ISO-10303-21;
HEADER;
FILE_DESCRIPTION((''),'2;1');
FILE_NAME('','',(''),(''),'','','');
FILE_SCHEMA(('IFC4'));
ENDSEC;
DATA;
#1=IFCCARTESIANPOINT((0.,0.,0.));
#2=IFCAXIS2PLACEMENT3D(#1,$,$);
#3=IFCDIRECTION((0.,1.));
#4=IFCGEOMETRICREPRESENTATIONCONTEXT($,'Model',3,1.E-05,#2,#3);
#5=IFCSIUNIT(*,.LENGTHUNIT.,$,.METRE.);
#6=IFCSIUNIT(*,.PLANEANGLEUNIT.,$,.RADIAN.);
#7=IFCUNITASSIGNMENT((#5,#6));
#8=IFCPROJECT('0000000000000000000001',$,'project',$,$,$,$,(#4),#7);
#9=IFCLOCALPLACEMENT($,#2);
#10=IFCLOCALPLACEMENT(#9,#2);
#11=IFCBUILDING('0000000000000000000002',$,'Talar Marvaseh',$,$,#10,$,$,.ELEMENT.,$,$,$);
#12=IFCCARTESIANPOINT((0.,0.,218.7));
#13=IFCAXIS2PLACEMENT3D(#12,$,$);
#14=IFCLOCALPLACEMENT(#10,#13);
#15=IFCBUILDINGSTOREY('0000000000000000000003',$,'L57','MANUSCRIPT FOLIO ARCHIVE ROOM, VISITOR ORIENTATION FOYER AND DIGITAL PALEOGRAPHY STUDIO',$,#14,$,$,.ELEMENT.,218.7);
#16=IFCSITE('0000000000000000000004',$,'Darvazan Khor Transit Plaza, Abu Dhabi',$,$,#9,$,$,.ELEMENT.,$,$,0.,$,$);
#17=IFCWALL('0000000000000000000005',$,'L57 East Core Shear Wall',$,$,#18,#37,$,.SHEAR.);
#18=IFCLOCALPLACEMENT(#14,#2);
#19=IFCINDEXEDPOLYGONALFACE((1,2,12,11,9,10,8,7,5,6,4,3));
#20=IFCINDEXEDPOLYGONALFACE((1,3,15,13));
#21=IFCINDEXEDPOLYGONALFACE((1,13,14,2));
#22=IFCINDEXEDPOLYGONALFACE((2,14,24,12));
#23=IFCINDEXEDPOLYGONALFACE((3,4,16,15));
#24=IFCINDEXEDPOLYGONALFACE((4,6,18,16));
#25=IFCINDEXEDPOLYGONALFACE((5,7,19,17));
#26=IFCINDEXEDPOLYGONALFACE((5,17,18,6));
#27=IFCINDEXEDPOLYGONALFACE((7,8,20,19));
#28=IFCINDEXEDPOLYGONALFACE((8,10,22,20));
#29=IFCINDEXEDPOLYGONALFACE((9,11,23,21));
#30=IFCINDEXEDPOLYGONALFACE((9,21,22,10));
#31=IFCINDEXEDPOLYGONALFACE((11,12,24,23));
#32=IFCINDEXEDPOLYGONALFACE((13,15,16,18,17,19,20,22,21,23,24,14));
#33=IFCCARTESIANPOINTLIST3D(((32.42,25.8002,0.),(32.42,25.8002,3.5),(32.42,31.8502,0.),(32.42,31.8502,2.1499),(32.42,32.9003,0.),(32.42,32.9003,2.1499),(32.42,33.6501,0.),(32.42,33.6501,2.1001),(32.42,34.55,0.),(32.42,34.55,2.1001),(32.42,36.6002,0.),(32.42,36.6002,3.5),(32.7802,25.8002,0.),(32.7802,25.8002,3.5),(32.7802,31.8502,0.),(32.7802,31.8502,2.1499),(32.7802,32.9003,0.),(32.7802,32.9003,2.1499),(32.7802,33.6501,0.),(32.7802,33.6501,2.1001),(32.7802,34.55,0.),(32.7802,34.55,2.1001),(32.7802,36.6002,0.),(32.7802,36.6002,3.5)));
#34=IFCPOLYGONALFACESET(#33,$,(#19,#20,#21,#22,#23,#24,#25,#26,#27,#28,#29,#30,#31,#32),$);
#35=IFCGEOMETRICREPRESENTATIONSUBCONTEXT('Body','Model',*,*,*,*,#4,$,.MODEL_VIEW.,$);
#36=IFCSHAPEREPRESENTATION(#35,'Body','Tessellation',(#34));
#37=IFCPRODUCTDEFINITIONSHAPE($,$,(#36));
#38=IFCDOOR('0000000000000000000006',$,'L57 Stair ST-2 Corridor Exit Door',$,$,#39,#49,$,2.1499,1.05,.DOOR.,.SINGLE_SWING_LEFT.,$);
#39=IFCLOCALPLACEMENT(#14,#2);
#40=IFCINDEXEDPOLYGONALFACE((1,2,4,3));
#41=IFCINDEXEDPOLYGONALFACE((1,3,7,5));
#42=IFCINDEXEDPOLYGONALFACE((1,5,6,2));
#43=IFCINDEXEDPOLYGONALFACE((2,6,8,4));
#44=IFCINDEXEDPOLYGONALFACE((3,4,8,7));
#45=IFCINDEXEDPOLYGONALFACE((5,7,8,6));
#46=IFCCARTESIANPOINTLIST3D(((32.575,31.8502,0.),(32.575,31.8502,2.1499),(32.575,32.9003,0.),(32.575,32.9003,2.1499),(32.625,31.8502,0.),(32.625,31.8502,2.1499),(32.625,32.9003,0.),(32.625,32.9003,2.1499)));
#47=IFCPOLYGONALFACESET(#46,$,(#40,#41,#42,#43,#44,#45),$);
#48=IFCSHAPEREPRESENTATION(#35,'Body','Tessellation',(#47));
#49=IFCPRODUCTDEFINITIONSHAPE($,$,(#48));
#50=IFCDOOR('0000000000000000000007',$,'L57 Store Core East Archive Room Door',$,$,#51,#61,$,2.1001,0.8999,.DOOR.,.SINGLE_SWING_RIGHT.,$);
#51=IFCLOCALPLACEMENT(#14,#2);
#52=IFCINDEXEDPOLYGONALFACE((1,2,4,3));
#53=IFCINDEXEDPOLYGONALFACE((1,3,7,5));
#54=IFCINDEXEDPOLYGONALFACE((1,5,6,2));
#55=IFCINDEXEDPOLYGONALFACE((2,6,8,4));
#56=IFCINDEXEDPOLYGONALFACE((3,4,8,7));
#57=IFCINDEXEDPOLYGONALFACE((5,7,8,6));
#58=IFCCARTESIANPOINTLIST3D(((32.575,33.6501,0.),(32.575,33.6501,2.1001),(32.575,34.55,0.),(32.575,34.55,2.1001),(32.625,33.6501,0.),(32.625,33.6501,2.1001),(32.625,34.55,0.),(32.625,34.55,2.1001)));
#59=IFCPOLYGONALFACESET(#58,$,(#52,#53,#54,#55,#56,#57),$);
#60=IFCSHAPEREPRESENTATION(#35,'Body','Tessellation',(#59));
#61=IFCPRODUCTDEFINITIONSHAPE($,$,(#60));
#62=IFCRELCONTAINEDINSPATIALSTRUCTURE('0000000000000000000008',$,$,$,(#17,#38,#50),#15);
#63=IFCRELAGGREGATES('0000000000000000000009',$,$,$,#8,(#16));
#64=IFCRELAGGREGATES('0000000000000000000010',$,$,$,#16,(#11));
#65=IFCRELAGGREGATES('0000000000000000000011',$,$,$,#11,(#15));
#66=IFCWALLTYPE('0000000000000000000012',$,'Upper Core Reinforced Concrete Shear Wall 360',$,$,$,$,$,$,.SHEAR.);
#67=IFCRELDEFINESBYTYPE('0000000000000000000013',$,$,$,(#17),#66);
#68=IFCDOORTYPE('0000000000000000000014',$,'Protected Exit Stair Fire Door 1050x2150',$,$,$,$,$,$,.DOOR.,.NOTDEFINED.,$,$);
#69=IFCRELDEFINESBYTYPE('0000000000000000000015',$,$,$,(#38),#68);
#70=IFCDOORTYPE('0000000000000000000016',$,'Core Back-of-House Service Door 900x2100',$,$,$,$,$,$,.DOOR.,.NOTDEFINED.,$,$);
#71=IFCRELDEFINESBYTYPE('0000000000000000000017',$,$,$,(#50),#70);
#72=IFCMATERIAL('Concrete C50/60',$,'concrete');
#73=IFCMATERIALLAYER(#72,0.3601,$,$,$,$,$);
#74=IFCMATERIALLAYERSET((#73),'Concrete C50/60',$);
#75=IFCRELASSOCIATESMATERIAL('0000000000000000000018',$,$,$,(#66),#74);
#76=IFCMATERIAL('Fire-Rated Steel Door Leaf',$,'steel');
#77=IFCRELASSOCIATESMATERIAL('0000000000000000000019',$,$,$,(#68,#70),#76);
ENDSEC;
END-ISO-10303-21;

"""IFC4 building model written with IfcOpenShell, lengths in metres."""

from ifc_helpers import new_model, si_unit, direction, frame, frame_2d, origin, place, context, subcontext, project, spatial, rectangle, extrude, source, transform, mapped, material, layer, layer_set, type_object, type_shapes, element, fill, save


model = new_model("IFC4")

# Units and contexts
model_context = context("Model", 3, precision=1e-05, world=origin(), true_north=direction((0.0, 1.0)))
body_context = subcontext(model_context, "Body", "Model", "MODEL_VIEW")
ifc_project = project(units=[si_unit("LENGTHUNIT", "METRE"), si_unit("PLANEANGLEUNIT", "RADIAN")], contexts=[model_context])

# Site, building, storey
site_placement = place(None, origin())
site = spatial("IfcSite", under=ifc_project, at=site_placement, Name="Darvazan Khor Transit Plaza, Abu Dhabi", CompositionType="ELEMENT", RefElevation=0.0)
building_placement = place(site_placement, origin())
building = spatial("IfcBuilding", under=site, at=building_placement, Name="Talar Marvaseh", CompositionType="ELEMENT")
storey_placement = place(building_placement, frame((0.0, 0.0, 218.7)))
storey = spatial("IfcBuildingStorey", under=building, at=storey_placement, Name="L57", Description="MANUSCRIPT FOLIO ARCHIVE ROOM, VISITOR ORIENTATION FOYER AND DIGITAL PALEOGRAPHY STUDIO", CompositionType="ELEMENT", Elevation=218.7)

# Wall, openings, doors
ifc_material_1 = material(Name="Concrete C50/60", Category="concrete")
ifc_layer_1 = layer(ifc_material_1, 0.3601)
ifc_layer_set_1 = layer_set([ifc_layer_1], Name="Concrete C50/60")
wall_type_1 = type_object("IfcWallType", Name="Upper Core Reinforced Concrete Shear Wall 360", PredefinedType="SHEAR", material=ifc_layer_set_1)
wall_1_placement = place(storey_placement, frame((32.6001, 36.6001, 0.0), z_axis=(0.0, 0.0, 1.0), x_axis=(0.0, -1.0, 0.0)))
wall_1 = element("IfcWall", 1, at=wall_1_placement, inside=storey, type_object=wall_type_1, Name="L57 East Core Shear Wall", PredefinedType="SHEAR", context=body_context, shape_type="SweptSolid", body=[
    extrude(rectangle(XDim=10.8, YDim=0.3601, at=frame_2d((5.3999, 0.0))), origin(), (0.0, 0.0, 1.0), 3.5),
])
opening_1_placement = place(wall_1_placement, frame((3.7, 0.0, 0.0)))
opening_1 = element("IfcOpeningElement", 2, at=opening_1_placement, cuts=wall_1, PredefinedType="OPENING", context=body_context, shape_type="SweptSolid", body=[
    extrude(rectangle(XDim=1.05, YDim=2.1499, at=frame_2d((0.5249, 1.075))), frame((0.0, 0.1899, 0.0), z_axis=(0.0, -1.0, 0.0), x_axis=(1.0, 0.0, 0.0)), (0.0, 0.0, 1.0), 0.3801),
])
opening_2_placement = place(wall_1_placement, frame((2.05, 0.0, 0.0)))
opening_2 = element("IfcOpeningElement", 3, at=opening_2_placement, cuts=wall_1, PredefinedType="OPENING", context=body_context, shape_type="SweptSolid", body=[
    extrude(rectangle(XDim=0.8999, YDim=2.1001, at=frame_2d((0.45, 1.05))), frame((0.0, 0.1899, 0.0), z_axis=(0.0, -1.0, 0.0), x_axis=(1.0, 0.0, 0.0)), (0.0, 0.0, 1.0), 0.3801),
])
ifc_material_2 = material(Name="Fire-Rated Steel Door Leaf", Category="steel")
door_type_1 = type_object("IfcDoorType", Name="Protected Exit Stair Fire Door 1050x2150", OperationType="NOTDEFINED", PredefinedType="DOOR", material=ifc_material_2)
shared_shape_1 = source(origin(), body_context, "Body", "SweptSolid", [
    extrude(rectangle(XDim=1.05, YDim=2.1499, at=frame_2d((0.5249, 1.075))), frame((0.0, 0.0249, 0.0), z_axis=(0.0, -1.0, 0.0), x_axis=(1.0, 0.0, 0.0)), (0.0, 0.0, 1.0), 0.05),
])
type_shapes(door_type_1, [shared_shape_1])
door_1_placement = place(opening_1_placement, origin())
door_1 = element("IfcDoor", 4, at=door_1_placement, inside=storey, type_object=door_type_1, Name="L57 Stair ST-2 Corridor Exit Door", OperationType="SINGLE_SWING_LEFT", OverallHeight=2.1499, OverallWidth=1.05, PredefinedType="DOOR", context=body_context, shape_type="MappedRepresentation", body=[
    mapped(shared_shape_1, transform((0.0, 0.0, 0.0), x_axis=(1.0, 0.0, 0.0), y_axis=(0.0, 1.0, 0.0), z_axis=(0.0, 0.0, 1.0), scale=1.0)),
])
fill(opening_1, door_1)
door_type_2 = type_object("IfcDoorType", Name="Core Back-of-House Service Door 900x2100", OperationType="NOTDEFINED", PredefinedType="DOOR", material=ifc_material_2)
shared_shape_2 = source(origin(), body_context, "Body", "SweptSolid", [
    extrude(rectangle(XDim=0.8999, YDim=2.1001, at=frame_2d((0.45, 1.05))), frame((0.0, 0.0249, 0.0), z_axis=(0.0, -1.0, 0.0), x_axis=(1.0, 0.0, 0.0)), (0.0, 0.0, 1.0), 0.05),
])
type_shapes(door_type_2, [shared_shape_2])
door_2_placement = place(opening_2_placement, origin())
door_2 = element("IfcDoor", 5, at=door_2_placement, inside=storey, type_object=door_type_2, Name="L57 Store Core East Archive Room Door", OperationType="SINGLE_SWING_RIGHT", OverallHeight=2.1001, OverallWidth=0.8999, PredefinedType="DOOR", context=body_context, shape_type="MappedRepresentation", body=[
    mapped(shared_shape_2, transform((0.0, 0.0, 0.0), x_axis=(1.0, 0.0, 0.0), y_axis=(0.0, 1.0, 0.0), z_axis=(0.0, 0.0, 1.0), scale=1.0)),
])
fill(opening_2, door_2)

save(model, "model.ifc")
